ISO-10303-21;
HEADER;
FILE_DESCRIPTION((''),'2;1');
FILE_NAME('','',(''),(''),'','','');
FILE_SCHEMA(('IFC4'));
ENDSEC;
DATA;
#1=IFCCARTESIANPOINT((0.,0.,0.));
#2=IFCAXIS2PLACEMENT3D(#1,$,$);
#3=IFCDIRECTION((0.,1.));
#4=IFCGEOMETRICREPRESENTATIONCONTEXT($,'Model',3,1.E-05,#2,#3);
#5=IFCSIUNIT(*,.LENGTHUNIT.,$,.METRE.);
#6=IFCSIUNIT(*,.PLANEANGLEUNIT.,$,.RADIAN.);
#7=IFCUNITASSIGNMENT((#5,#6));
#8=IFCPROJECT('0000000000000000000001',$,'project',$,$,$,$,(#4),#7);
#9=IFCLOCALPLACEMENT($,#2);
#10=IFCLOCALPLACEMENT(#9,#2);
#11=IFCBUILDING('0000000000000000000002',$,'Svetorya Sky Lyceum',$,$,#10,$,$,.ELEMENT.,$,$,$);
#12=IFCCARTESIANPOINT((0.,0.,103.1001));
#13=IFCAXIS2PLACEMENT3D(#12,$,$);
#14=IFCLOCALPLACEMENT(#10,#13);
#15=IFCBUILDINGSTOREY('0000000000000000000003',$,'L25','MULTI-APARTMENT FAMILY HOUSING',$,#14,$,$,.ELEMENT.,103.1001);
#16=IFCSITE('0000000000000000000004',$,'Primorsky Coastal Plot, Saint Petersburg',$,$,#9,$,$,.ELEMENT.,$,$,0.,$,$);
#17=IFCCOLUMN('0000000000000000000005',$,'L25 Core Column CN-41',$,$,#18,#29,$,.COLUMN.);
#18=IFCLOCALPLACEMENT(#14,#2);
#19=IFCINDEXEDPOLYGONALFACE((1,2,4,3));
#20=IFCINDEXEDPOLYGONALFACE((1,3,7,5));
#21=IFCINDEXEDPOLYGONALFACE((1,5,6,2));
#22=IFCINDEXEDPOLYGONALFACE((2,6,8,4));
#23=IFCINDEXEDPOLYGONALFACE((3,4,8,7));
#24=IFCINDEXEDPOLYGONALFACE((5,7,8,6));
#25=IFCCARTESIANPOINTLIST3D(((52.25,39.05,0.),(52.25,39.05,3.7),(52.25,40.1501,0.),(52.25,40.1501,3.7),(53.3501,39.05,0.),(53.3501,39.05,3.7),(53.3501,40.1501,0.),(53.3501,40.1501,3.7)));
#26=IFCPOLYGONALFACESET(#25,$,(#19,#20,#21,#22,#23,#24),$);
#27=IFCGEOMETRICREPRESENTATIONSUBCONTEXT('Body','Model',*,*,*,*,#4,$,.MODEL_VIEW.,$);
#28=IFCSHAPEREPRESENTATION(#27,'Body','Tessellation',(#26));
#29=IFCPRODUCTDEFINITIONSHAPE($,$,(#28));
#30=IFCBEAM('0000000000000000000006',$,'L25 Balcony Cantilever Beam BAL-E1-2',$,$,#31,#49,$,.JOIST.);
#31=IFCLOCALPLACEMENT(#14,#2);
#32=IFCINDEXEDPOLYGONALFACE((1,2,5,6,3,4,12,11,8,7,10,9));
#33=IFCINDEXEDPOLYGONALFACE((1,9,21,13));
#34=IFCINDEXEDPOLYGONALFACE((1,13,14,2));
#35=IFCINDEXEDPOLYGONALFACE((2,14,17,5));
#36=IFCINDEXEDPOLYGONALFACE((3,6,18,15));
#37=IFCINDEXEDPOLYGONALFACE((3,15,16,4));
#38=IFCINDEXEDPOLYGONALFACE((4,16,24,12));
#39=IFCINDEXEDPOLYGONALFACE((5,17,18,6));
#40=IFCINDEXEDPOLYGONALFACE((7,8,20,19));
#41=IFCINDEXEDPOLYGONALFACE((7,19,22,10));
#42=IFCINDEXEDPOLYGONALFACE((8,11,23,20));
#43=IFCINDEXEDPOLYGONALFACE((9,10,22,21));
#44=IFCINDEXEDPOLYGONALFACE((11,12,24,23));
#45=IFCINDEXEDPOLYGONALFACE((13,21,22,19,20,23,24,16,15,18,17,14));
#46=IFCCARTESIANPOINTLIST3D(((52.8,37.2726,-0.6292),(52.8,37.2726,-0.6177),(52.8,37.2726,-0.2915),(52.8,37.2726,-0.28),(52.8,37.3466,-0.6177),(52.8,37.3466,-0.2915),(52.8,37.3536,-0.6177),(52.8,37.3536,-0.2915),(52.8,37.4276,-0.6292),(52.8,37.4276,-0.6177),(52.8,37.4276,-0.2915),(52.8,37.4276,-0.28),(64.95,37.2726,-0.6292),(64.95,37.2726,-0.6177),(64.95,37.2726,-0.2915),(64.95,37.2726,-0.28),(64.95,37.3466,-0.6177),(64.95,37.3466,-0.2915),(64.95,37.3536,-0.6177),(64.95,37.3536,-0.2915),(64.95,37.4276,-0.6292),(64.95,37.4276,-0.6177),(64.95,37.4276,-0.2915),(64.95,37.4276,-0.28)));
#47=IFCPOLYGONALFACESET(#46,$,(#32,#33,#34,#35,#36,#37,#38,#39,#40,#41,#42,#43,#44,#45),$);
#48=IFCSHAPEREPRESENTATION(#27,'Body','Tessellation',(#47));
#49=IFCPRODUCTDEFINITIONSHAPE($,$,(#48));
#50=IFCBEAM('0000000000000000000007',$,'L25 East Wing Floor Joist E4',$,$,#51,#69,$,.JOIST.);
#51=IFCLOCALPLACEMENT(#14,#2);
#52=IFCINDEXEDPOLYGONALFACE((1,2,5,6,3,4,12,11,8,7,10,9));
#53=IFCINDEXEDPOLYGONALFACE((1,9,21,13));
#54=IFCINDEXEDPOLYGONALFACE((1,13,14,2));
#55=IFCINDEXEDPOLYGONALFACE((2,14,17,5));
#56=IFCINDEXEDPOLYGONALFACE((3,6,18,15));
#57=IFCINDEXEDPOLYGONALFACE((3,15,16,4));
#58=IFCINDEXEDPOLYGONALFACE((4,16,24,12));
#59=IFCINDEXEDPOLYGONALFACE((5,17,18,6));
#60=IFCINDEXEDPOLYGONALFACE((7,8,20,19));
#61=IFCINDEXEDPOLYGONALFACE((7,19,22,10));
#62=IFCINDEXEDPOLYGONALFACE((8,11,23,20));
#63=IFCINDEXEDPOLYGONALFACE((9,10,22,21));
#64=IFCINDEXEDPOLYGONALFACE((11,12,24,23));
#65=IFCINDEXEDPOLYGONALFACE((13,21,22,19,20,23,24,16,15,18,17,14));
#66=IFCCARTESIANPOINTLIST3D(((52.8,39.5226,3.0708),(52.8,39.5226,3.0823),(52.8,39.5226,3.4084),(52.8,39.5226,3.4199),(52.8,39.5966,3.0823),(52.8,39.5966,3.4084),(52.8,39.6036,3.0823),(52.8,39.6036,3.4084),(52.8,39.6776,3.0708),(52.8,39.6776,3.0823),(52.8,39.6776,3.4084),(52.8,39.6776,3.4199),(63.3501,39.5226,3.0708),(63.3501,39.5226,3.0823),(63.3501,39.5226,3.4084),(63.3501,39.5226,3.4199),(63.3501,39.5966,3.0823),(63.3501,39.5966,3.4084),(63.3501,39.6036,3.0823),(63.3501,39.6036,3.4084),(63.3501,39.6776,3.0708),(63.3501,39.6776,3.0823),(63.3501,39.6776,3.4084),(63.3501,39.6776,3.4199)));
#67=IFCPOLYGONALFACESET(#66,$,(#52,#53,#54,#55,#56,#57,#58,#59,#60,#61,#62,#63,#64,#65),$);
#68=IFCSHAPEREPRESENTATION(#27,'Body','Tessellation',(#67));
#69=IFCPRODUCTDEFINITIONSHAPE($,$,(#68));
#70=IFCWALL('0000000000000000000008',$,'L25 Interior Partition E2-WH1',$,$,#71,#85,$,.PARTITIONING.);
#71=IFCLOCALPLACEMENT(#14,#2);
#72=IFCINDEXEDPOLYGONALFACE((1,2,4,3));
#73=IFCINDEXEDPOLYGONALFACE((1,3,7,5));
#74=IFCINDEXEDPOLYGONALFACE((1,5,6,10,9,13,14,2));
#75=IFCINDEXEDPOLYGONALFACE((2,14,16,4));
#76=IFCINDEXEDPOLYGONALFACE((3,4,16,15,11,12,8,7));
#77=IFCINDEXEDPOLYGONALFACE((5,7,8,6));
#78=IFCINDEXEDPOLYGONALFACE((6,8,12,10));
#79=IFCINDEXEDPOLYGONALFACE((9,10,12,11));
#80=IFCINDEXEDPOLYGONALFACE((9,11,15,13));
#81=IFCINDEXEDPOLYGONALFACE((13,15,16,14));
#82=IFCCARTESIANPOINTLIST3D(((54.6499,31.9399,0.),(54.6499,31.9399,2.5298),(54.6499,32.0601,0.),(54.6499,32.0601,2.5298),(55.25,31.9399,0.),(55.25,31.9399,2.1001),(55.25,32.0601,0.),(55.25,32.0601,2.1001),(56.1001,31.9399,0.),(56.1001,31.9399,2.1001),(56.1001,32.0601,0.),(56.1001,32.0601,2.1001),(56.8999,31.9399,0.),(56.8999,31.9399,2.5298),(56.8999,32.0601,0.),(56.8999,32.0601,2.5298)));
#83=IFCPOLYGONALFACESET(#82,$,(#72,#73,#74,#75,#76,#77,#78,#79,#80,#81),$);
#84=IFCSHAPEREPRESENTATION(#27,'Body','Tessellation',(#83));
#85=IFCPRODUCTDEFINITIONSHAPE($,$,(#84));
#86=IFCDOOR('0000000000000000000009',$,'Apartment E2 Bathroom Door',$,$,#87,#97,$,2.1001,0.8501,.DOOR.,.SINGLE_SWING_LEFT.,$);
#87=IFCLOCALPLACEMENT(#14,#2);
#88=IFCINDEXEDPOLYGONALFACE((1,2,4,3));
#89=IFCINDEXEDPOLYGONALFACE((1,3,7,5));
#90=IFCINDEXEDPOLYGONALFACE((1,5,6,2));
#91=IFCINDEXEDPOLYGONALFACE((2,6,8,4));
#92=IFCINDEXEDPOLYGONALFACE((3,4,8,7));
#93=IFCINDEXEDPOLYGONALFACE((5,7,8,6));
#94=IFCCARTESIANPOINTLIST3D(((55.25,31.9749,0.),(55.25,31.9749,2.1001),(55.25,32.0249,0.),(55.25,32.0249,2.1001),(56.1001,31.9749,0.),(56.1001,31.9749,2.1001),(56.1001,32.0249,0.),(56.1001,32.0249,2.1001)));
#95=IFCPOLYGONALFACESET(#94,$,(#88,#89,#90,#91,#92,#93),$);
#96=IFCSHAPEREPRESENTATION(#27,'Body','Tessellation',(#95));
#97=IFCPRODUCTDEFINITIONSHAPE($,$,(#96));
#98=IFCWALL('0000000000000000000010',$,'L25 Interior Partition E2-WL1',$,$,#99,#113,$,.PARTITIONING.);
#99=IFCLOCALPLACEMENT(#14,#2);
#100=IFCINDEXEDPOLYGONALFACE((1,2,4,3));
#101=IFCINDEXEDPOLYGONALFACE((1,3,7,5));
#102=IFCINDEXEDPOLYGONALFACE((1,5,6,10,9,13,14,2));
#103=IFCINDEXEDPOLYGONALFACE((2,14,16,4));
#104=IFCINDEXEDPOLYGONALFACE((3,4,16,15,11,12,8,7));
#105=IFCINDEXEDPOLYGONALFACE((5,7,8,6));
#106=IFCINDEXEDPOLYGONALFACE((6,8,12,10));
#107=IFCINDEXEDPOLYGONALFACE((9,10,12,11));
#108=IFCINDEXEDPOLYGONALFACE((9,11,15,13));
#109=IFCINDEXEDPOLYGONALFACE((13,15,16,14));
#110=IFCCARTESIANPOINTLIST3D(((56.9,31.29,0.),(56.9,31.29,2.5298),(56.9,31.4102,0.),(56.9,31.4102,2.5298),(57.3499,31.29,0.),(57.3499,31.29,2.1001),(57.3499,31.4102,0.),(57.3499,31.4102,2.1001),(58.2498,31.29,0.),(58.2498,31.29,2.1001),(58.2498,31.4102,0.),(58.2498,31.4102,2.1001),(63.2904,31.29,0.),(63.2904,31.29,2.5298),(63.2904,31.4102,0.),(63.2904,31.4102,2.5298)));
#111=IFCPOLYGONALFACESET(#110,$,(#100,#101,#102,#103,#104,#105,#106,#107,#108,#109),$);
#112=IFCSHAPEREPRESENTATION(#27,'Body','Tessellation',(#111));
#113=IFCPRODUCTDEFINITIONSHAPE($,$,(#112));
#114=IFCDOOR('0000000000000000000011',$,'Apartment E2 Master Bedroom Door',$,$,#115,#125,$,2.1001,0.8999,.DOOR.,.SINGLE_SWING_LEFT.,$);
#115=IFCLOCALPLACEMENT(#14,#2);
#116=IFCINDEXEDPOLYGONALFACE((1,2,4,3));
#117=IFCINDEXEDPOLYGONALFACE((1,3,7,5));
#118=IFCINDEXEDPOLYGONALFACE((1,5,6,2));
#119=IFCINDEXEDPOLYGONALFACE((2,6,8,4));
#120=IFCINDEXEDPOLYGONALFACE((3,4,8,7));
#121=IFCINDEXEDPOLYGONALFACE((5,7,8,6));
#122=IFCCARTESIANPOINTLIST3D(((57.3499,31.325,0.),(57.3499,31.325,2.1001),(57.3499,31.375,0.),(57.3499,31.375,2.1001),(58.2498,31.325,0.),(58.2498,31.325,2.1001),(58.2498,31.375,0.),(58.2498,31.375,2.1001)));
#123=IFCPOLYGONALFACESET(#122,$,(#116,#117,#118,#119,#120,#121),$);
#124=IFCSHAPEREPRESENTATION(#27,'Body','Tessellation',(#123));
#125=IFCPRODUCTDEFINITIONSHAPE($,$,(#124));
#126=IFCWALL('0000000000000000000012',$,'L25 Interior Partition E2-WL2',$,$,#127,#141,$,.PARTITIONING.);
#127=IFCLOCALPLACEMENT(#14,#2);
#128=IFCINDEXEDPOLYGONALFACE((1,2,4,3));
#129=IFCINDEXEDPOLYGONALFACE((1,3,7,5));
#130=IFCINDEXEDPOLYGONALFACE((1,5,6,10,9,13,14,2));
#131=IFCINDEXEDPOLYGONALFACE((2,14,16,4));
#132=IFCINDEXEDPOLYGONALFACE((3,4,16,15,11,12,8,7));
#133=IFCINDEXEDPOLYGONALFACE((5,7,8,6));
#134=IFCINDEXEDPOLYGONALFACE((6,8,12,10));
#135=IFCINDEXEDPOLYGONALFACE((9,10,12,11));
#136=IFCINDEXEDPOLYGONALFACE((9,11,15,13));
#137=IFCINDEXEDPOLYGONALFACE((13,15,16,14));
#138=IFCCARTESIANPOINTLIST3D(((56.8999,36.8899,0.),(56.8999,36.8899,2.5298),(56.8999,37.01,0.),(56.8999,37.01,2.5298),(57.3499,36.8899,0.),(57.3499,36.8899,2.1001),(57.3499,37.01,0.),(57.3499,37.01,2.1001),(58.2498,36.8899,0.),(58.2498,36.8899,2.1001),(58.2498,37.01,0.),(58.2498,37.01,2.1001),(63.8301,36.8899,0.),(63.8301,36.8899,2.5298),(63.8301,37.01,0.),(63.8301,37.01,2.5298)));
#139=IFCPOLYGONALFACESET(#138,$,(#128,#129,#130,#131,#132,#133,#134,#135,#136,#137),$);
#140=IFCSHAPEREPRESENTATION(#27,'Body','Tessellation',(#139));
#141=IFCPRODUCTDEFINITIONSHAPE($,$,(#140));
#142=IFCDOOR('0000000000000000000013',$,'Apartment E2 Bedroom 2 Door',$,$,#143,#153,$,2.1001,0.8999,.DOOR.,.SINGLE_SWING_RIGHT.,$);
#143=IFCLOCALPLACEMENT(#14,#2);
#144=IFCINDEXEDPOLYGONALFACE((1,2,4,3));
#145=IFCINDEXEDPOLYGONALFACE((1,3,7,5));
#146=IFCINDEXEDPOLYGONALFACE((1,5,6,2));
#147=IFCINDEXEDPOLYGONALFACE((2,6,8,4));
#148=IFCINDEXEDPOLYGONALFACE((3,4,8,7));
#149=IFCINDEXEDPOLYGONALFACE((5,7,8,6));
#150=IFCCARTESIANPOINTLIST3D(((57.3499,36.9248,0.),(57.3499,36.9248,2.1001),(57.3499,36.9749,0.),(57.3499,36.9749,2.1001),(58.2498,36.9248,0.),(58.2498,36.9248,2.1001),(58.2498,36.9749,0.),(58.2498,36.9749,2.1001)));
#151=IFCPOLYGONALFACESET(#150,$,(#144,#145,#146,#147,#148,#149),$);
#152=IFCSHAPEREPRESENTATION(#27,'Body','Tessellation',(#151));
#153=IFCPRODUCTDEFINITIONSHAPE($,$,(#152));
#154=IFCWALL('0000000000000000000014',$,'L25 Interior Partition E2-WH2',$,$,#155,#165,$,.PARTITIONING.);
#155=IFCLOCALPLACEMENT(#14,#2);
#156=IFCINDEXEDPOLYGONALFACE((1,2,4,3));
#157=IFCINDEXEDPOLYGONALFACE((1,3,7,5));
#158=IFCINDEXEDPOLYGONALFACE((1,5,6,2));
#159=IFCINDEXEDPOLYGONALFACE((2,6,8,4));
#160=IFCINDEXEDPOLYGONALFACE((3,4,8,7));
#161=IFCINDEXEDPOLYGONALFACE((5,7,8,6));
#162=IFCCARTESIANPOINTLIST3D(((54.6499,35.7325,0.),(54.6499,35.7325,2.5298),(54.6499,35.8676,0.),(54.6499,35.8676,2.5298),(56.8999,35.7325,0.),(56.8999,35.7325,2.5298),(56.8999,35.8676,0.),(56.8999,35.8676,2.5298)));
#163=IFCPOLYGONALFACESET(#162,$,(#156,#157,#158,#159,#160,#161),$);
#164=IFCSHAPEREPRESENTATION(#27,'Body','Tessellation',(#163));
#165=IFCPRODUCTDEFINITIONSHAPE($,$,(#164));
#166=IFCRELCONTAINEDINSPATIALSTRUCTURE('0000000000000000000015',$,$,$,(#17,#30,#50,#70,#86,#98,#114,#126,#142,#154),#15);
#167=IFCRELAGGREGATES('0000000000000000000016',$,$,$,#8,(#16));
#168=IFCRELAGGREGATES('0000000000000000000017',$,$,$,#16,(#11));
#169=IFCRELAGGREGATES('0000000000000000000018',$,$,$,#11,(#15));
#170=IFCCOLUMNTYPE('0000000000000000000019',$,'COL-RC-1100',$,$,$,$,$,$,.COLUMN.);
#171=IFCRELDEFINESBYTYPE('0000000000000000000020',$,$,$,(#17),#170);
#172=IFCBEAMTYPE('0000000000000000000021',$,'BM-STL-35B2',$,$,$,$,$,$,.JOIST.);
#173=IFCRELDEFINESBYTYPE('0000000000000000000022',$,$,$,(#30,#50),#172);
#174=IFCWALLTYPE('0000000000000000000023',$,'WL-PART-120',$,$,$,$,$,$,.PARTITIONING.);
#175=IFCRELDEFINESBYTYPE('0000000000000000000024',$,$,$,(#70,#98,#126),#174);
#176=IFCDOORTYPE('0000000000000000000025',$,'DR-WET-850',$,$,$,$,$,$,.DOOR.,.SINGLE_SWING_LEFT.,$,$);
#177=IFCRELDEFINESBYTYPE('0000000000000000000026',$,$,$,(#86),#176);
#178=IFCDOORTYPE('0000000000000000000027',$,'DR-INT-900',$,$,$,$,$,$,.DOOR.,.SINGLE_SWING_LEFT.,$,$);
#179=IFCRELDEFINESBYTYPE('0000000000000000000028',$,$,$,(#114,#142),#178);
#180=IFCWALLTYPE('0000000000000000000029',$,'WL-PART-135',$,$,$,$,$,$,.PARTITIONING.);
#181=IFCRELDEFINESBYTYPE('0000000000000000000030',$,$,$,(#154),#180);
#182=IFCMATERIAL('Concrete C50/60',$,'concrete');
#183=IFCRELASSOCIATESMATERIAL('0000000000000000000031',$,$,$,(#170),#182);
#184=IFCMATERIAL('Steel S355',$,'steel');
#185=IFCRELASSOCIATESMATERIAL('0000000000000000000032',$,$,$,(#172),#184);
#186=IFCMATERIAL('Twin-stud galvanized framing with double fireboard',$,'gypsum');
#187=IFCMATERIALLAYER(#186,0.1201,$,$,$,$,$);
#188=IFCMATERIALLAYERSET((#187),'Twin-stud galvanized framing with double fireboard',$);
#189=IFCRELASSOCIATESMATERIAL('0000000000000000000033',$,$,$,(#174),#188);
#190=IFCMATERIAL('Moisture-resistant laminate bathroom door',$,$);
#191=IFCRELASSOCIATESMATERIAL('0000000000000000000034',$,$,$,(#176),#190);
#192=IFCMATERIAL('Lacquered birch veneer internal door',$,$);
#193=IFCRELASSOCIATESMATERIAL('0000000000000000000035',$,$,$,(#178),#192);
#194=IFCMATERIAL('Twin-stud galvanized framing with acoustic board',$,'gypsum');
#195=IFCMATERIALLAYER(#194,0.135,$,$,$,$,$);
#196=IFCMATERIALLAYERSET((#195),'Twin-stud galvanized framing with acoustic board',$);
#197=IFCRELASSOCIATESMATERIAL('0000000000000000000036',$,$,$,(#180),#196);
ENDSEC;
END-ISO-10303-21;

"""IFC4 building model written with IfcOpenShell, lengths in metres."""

from ifc_helpers import new_model, si_unit, direction, frame, frame_2d, origin, origin_2d, place, context, subcontext, project, spatial, rectangle, i_section, extrude, material, layer, layer_set, material_profile, profile_set, type_object, element, fill, save


model = new_model("IFC4")

# Units and contexts
model_context = context("Model", 3, precision=1e-05, world=origin(), true_north=direction((0.0, 1.0)))
body_context = subcontext(model_context, "Body", "Model", "MODEL_VIEW")
ifc_project = project(units=[si_unit("LENGTHUNIT", "METRE"), si_unit("PLANEANGLEUNIT", "RADIAN")], contexts=[model_context])

# Site, building, storey
site_placement = place(None, origin())
site = spatial("IfcSite", under=ifc_project, at=site_placement, Name="Primorsky Coastal Plot, Saint Petersburg", CompositionType="ELEMENT", RefElevation=0.0)
building_placement = place(site_placement, origin())
building = spatial("IfcBuilding", under=site, at=building_placement, Name="Svetorya Sky Lyceum", CompositionType="ELEMENT")
storey_placement = place(building_placement, frame((0.0, 0.0, 103.1001)))
storey = spatial("IfcBuildingStorey", under=building, at=storey_placement, Name="L25", Description="MULTI-APARTMENT FAMILY HOUSING", CompositionType="ELEMENT", Elevation=103.1001)

# Column
ifc_material_1 = material(Name="Concrete C50/60", Category="concrete")
ifc_material_profile_1 = material_profile(ifc_material_1, rectangle(XDim=1.1001, YDim=1.1001, at=origin_2d()), Name="RC COL 1100x1100")
ifc_profile_set_1 = profile_set([ifc_material_profile_1], Name="Concrete C50/60")
column_type = type_object("IfcColumnType", Name="COL-RC-1100", PredefinedType="COLUMN", material=ifc_profile_set_1)
column_placement = place(storey_placement, frame((52.8, 39.6001, 0.0), z_axis=(0.0, 0.0, 1.0), x_axis=(1.0, 0.0, 0.0)))
element("IfcColumn", 1, at=column_placement, inside=storey, type_object=column_type, Name="L25 Core Column CN-41", PredefinedType="COLUMN", context=body_context, shape_type="SweptSolid", body=[
    extrude(rectangle(XDim=1.1001, YDim=1.1001, at=origin_2d()), origin(), (0.0, 0.0, 1.0), 3.7),
])

# Beams
ifc_material_2 = material(Name="Steel S355", Category="steel")
ifc_material_profile_2 = material_profile(ifc_material_2, i_section(OverallWidth=0.155, OverallDepth=0.3491, WebThickness=0.0071, FlangeThickness=0.0115, at=origin_2d()), Name="GOST 35B2")
ifc_profile_set_2 = profile_set([ifc_material_profile_2], Name="Steel S355")
beam_type = type_object("IfcBeamType", Name="BM-STL-35B2", PredefinedType="JOIST", material=ifc_profile_set_2)
beam_1_placement = place(storey_placement, frame((52.8, 37.3501, -0.4546), z_axis=(1.0, 0.0, 0.0), x_axis=(0.0, 1.0, 0.0)))
element("IfcBeam", 2, at=beam_1_placement, inside=storey, type_object=beam_type, Name="L25 Balcony Cantilever Beam BAL-E1-2", PredefinedType="JOIST", context=body_context, shape_type="SweptSolid", body=[
    extrude(i_section(OverallWidth=0.155, OverallDepth=0.3491, WebThickness=0.0071, FlangeThickness=0.0115, at=origin_2d()), origin(), (0.0, 0.0, 1.0), 12.1499),
])
beam_2_placement = place(storey_placement, frame((52.8, 39.6001, 3.2454), z_axis=(1.0, 0.0, 0.0), x_axis=(0.0, 1.0, 0.0)))
element("IfcBeam", 3, at=beam_2_placement, inside=storey, type_object=beam_type, Name="L25 East Wing Floor Joist E4", PredefinedType="JOIST", context=body_context, shape_type="SweptSolid", body=[
    extrude(i_section(OverallWidth=0.155, OverallDepth=0.3491, WebThickness=0.0071, FlangeThickness=0.0115, at=origin_2d()), origin(), (0.0, 0.0, 1.0), 10.55),
])

# Walls, openings, doors
ifc_material_3 = material(Name="Twin-stud galvanized framing with double fireboard", Category="gypsum")
ifc_layer_1 = layer(ifc_material_3, 0.1201)
ifc_layer_set_1 = layer_set([ifc_layer_1], Name="Twin-stud galvanized framing with double fireboard")
wall_type_1 = type_object("IfcWallType", Name="WL-PART-120", PredefinedType="PARTITIONING", material=ifc_layer_set_1)
wall_1_placement = place(storey_placement, frame((54.6499, 32.0, 0.0), z_axis=(0.0, 0.0, 1.0), x_axis=(1.0, 0.0, 0.0)))
wall_1 = element("IfcWall", 4, at=wall_1_placement, inside=storey, type_object=wall_type_1, Name="L25 Interior Partition E2-WH1", PredefinedType="PARTITIONING", context=body_context, shape_type="SweptSolid", body=[
    extrude(rectangle(XDim=2.25, YDim=0.1201, at=frame_2d((1.125, 0.0))), origin(), (0.0, 0.0, 1.0), 2.5298),
])
opening_1_placement = place(wall_1_placement, frame((0.6001, 0.0, 0.0)))
opening_1 = element("IfcOpeningElement", 5, at=opening_1_placement, cuts=wall_1, PredefinedType="OPENING", context=body_context, shape_type="SweptSolid", body=[
    extrude(rectangle(XDim=0.8501, YDim=2.1001, at=frame_2d((0.425, 1.05))), frame((0.0, 0.0701, 0.0), z_axis=(0.0, -1.0, 0.0), x_axis=(1.0, 0.0, 0.0)), (0.0, 0.0, 1.0), 0.1401),
])
ifc_material_4 = material(Name="Moisture-resistant laminate bathroom door")
door_type_1 = type_object("IfcDoorType", Name="DR-WET-850", OperationType="SINGLE_SWING_LEFT", PredefinedType="DOOR", material=ifc_material_4)
door_1_placement = place(opening_1_placement, origin())
door_1 = element("IfcDoor", 6, at=door_1_placement, inside=storey, type_object=door_type_1, Name="Apartment E2 Bathroom Door", OperationType="SINGLE_SWING_LEFT", OverallHeight=2.1001, OverallWidth=0.8501, PredefinedType="DOOR", context=body_context, shape_type="SweptSolid", body=[
    extrude(rectangle(XDim=0.8501, YDim=2.1001, at=frame_2d((0.425, 1.05))), frame((0.0, 0.0249, 0.0), z_axis=(0.0, -1.0, 0.0), x_axis=(1.0, 0.0, 0.0)), (0.0, 0.0, 1.0), 0.05),
])
fill(opening_1, door_1)
wall_2_placement = place(storey_placement, frame((56.8999, 31.3501, 0.0), z_axis=(0.0, 0.0, 1.0), x_axis=(1.0, 0.0, 0.0)))
wall_2 = element("IfcWall", 7, at=wall_2_placement, inside=storey, type_object=wall_type_1, Name="L25 Interior Partition E2-WL1", PredefinedType="PARTITIONING", context=body_context, shape_type="SweptSolid", body=[
    extrude(rectangle(XDim=6.3904, YDim=0.1201, at=frame_2d((3.1953, 0.0))), origin(), (0.0, 0.0, 1.0), 2.5298),
])
opening_2_placement = place(wall_2_placement, frame((0.45, 0.0, 0.0)))
opening_2 = element("IfcOpeningElement", 8, at=opening_2_placement, cuts=wall_2, PredefinedType="OPENING", context=body_context, shape_type="SweptSolid", body=[
    extrude(rectangle(XDim=0.8999, YDim=2.1001, at=frame_2d((0.45, 1.05))), frame((0.0, 0.0701, 0.0), z_axis=(0.0, -1.0, 0.0), x_axis=(1.0, 0.0, 0.0)), (0.0, 0.0, 1.0), 0.1401),
])
ifc_material_5 = material(Name="Lacquered birch veneer internal door")
door_type_2 = type_object("IfcDoorType", Name="DR-INT-900", OperationType="SINGLE_SWING_LEFT", PredefinedType="DOOR", material=ifc_material_5)
door_2_placement = place(opening_2_placement, origin())
door_2 = element("IfcDoor", 9, at=door_2_placement, inside=storey, type_object=door_type_2, Name="Apartment E2 Master Bedroom Door", OperationType="SINGLE_SWING_LEFT", OverallHeight=2.1001, OverallWidth=0.8999, PredefinedType="DOOR", context=body_context, shape_type="SweptSolid", body=[
    extrude(rectangle(XDim=0.8999, YDim=2.1001, at=frame_2d((0.45, 1.05))), frame((0.0, 0.0249, 0.0), z_axis=(0.0, -1.0, 0.0), x_axis=(1.0, 0.0, 0.0)), (0.0, 0.0, 1.0), 0.05),
])
fill(opening_2, door_2)
wall_3_placement = place(storey_placement, frame((56.8999, 36.95, 0.0), z_axis=(0.0, 0.0, 1.0), x_axis=(1.0, 0.0, 0.0)))
wall_3 = element("IfcWall", 10, at=wall_3_placement, inside=storey, type_object=wall_type_1, Name="L25 Interior Partition E2-WL2", PredefinedType="PARTITIONING", context=body_context, shape_type="SweptSolid", body=[
    extrude(rectangle(XDim=6.9302, YDim=0.1201, at=frame_2d((3.4651, 0.0))), origin(), (0.0, 0.0, 1.0), 2.5298),
])
opening_3_placement = place(wall_3_placement, frame((0.45, 0.0, 0.0)))
opening_3 = element("IfcOpeningElement", 11, at=opening_3_placement, cuts=wall_3, PredefinedType="OPENING", context=body_context, shape_type="SweptSolid", body=[
    extrude(rectangle(XDim=0.8999, YDim=2.1001, at=frame_2d((0.45, 1.05))), frame((0.0, 0.0701, 0.0), z_axis=(0.0, -1.0, 0.0), x_axis=(1.0, 0.0, 0.0)), (0.0, 0.0, 1.0), 0.1401),
])
door_3_placement = place(opening_3_placement, origin())
door_3 = element("IfcDoor", 12, at=door_3_placement, inside=storey, type_object=door_type_2, Name="Apartment E2 Bedroom 2 Door", OperationType="SINGLE_SWING_RIGHT", OverallHeight=2.1001, OverallWidth=0.8999, PredefinedType="DOOR", context=body_context, shape_type="SweptSolid", body=[
    extrude(rectangle(XDim=0.8999, YDim=2.1001, at=frame_2d((0.45, 1.05))), frame((0.0, 0.0249, 0.0), z_axis=(0.0, -1.0, 0.0), x_axis=(1.0, 0.0, 0.0)), (0.0, 0.0, 1.0), 0.05),
])
fill(opening_3, door_3)

# Wall
ifc_material_6 = material(Name="Twin-stud galvanized framing with acoustic board", Category="gypsum")
ifc_layer_2 = layer(ifc_material_6, 0.135)
ifc_layer_set_2 = layer_set([ifc_layer_2], Name="Twin-stud galvanized framing with acoustic board")
wall_type_2 = type_object("IfcWallType", Name="WL-PART-135", PredefinedType="PARTITIONING", material=ifc_layer_set_2)
wall_4_placement = place(storey_placement, frame((54.6499, 35.8, 0.0), z_axis=(0.0, 0.0, 1.0), x_axis=(1.0, 0.0, 0.0)))
element("IfcWall", 13, at=wall_4_placement, inside=storey, type_object=wall_type_2, Name="L25 Interior Partition E2-WH2", PredefinedType="PARTITIONING", context=body_context, shape_type="SweptSolid", body=[
    extrude(rectangle(XDim=2.25, YDim=0.135, at=frame_2d((1.125, 0.0))), origin(), (0.0, 0.0, 1.0), 2.5298),
])

save(model, "model.ifc")
